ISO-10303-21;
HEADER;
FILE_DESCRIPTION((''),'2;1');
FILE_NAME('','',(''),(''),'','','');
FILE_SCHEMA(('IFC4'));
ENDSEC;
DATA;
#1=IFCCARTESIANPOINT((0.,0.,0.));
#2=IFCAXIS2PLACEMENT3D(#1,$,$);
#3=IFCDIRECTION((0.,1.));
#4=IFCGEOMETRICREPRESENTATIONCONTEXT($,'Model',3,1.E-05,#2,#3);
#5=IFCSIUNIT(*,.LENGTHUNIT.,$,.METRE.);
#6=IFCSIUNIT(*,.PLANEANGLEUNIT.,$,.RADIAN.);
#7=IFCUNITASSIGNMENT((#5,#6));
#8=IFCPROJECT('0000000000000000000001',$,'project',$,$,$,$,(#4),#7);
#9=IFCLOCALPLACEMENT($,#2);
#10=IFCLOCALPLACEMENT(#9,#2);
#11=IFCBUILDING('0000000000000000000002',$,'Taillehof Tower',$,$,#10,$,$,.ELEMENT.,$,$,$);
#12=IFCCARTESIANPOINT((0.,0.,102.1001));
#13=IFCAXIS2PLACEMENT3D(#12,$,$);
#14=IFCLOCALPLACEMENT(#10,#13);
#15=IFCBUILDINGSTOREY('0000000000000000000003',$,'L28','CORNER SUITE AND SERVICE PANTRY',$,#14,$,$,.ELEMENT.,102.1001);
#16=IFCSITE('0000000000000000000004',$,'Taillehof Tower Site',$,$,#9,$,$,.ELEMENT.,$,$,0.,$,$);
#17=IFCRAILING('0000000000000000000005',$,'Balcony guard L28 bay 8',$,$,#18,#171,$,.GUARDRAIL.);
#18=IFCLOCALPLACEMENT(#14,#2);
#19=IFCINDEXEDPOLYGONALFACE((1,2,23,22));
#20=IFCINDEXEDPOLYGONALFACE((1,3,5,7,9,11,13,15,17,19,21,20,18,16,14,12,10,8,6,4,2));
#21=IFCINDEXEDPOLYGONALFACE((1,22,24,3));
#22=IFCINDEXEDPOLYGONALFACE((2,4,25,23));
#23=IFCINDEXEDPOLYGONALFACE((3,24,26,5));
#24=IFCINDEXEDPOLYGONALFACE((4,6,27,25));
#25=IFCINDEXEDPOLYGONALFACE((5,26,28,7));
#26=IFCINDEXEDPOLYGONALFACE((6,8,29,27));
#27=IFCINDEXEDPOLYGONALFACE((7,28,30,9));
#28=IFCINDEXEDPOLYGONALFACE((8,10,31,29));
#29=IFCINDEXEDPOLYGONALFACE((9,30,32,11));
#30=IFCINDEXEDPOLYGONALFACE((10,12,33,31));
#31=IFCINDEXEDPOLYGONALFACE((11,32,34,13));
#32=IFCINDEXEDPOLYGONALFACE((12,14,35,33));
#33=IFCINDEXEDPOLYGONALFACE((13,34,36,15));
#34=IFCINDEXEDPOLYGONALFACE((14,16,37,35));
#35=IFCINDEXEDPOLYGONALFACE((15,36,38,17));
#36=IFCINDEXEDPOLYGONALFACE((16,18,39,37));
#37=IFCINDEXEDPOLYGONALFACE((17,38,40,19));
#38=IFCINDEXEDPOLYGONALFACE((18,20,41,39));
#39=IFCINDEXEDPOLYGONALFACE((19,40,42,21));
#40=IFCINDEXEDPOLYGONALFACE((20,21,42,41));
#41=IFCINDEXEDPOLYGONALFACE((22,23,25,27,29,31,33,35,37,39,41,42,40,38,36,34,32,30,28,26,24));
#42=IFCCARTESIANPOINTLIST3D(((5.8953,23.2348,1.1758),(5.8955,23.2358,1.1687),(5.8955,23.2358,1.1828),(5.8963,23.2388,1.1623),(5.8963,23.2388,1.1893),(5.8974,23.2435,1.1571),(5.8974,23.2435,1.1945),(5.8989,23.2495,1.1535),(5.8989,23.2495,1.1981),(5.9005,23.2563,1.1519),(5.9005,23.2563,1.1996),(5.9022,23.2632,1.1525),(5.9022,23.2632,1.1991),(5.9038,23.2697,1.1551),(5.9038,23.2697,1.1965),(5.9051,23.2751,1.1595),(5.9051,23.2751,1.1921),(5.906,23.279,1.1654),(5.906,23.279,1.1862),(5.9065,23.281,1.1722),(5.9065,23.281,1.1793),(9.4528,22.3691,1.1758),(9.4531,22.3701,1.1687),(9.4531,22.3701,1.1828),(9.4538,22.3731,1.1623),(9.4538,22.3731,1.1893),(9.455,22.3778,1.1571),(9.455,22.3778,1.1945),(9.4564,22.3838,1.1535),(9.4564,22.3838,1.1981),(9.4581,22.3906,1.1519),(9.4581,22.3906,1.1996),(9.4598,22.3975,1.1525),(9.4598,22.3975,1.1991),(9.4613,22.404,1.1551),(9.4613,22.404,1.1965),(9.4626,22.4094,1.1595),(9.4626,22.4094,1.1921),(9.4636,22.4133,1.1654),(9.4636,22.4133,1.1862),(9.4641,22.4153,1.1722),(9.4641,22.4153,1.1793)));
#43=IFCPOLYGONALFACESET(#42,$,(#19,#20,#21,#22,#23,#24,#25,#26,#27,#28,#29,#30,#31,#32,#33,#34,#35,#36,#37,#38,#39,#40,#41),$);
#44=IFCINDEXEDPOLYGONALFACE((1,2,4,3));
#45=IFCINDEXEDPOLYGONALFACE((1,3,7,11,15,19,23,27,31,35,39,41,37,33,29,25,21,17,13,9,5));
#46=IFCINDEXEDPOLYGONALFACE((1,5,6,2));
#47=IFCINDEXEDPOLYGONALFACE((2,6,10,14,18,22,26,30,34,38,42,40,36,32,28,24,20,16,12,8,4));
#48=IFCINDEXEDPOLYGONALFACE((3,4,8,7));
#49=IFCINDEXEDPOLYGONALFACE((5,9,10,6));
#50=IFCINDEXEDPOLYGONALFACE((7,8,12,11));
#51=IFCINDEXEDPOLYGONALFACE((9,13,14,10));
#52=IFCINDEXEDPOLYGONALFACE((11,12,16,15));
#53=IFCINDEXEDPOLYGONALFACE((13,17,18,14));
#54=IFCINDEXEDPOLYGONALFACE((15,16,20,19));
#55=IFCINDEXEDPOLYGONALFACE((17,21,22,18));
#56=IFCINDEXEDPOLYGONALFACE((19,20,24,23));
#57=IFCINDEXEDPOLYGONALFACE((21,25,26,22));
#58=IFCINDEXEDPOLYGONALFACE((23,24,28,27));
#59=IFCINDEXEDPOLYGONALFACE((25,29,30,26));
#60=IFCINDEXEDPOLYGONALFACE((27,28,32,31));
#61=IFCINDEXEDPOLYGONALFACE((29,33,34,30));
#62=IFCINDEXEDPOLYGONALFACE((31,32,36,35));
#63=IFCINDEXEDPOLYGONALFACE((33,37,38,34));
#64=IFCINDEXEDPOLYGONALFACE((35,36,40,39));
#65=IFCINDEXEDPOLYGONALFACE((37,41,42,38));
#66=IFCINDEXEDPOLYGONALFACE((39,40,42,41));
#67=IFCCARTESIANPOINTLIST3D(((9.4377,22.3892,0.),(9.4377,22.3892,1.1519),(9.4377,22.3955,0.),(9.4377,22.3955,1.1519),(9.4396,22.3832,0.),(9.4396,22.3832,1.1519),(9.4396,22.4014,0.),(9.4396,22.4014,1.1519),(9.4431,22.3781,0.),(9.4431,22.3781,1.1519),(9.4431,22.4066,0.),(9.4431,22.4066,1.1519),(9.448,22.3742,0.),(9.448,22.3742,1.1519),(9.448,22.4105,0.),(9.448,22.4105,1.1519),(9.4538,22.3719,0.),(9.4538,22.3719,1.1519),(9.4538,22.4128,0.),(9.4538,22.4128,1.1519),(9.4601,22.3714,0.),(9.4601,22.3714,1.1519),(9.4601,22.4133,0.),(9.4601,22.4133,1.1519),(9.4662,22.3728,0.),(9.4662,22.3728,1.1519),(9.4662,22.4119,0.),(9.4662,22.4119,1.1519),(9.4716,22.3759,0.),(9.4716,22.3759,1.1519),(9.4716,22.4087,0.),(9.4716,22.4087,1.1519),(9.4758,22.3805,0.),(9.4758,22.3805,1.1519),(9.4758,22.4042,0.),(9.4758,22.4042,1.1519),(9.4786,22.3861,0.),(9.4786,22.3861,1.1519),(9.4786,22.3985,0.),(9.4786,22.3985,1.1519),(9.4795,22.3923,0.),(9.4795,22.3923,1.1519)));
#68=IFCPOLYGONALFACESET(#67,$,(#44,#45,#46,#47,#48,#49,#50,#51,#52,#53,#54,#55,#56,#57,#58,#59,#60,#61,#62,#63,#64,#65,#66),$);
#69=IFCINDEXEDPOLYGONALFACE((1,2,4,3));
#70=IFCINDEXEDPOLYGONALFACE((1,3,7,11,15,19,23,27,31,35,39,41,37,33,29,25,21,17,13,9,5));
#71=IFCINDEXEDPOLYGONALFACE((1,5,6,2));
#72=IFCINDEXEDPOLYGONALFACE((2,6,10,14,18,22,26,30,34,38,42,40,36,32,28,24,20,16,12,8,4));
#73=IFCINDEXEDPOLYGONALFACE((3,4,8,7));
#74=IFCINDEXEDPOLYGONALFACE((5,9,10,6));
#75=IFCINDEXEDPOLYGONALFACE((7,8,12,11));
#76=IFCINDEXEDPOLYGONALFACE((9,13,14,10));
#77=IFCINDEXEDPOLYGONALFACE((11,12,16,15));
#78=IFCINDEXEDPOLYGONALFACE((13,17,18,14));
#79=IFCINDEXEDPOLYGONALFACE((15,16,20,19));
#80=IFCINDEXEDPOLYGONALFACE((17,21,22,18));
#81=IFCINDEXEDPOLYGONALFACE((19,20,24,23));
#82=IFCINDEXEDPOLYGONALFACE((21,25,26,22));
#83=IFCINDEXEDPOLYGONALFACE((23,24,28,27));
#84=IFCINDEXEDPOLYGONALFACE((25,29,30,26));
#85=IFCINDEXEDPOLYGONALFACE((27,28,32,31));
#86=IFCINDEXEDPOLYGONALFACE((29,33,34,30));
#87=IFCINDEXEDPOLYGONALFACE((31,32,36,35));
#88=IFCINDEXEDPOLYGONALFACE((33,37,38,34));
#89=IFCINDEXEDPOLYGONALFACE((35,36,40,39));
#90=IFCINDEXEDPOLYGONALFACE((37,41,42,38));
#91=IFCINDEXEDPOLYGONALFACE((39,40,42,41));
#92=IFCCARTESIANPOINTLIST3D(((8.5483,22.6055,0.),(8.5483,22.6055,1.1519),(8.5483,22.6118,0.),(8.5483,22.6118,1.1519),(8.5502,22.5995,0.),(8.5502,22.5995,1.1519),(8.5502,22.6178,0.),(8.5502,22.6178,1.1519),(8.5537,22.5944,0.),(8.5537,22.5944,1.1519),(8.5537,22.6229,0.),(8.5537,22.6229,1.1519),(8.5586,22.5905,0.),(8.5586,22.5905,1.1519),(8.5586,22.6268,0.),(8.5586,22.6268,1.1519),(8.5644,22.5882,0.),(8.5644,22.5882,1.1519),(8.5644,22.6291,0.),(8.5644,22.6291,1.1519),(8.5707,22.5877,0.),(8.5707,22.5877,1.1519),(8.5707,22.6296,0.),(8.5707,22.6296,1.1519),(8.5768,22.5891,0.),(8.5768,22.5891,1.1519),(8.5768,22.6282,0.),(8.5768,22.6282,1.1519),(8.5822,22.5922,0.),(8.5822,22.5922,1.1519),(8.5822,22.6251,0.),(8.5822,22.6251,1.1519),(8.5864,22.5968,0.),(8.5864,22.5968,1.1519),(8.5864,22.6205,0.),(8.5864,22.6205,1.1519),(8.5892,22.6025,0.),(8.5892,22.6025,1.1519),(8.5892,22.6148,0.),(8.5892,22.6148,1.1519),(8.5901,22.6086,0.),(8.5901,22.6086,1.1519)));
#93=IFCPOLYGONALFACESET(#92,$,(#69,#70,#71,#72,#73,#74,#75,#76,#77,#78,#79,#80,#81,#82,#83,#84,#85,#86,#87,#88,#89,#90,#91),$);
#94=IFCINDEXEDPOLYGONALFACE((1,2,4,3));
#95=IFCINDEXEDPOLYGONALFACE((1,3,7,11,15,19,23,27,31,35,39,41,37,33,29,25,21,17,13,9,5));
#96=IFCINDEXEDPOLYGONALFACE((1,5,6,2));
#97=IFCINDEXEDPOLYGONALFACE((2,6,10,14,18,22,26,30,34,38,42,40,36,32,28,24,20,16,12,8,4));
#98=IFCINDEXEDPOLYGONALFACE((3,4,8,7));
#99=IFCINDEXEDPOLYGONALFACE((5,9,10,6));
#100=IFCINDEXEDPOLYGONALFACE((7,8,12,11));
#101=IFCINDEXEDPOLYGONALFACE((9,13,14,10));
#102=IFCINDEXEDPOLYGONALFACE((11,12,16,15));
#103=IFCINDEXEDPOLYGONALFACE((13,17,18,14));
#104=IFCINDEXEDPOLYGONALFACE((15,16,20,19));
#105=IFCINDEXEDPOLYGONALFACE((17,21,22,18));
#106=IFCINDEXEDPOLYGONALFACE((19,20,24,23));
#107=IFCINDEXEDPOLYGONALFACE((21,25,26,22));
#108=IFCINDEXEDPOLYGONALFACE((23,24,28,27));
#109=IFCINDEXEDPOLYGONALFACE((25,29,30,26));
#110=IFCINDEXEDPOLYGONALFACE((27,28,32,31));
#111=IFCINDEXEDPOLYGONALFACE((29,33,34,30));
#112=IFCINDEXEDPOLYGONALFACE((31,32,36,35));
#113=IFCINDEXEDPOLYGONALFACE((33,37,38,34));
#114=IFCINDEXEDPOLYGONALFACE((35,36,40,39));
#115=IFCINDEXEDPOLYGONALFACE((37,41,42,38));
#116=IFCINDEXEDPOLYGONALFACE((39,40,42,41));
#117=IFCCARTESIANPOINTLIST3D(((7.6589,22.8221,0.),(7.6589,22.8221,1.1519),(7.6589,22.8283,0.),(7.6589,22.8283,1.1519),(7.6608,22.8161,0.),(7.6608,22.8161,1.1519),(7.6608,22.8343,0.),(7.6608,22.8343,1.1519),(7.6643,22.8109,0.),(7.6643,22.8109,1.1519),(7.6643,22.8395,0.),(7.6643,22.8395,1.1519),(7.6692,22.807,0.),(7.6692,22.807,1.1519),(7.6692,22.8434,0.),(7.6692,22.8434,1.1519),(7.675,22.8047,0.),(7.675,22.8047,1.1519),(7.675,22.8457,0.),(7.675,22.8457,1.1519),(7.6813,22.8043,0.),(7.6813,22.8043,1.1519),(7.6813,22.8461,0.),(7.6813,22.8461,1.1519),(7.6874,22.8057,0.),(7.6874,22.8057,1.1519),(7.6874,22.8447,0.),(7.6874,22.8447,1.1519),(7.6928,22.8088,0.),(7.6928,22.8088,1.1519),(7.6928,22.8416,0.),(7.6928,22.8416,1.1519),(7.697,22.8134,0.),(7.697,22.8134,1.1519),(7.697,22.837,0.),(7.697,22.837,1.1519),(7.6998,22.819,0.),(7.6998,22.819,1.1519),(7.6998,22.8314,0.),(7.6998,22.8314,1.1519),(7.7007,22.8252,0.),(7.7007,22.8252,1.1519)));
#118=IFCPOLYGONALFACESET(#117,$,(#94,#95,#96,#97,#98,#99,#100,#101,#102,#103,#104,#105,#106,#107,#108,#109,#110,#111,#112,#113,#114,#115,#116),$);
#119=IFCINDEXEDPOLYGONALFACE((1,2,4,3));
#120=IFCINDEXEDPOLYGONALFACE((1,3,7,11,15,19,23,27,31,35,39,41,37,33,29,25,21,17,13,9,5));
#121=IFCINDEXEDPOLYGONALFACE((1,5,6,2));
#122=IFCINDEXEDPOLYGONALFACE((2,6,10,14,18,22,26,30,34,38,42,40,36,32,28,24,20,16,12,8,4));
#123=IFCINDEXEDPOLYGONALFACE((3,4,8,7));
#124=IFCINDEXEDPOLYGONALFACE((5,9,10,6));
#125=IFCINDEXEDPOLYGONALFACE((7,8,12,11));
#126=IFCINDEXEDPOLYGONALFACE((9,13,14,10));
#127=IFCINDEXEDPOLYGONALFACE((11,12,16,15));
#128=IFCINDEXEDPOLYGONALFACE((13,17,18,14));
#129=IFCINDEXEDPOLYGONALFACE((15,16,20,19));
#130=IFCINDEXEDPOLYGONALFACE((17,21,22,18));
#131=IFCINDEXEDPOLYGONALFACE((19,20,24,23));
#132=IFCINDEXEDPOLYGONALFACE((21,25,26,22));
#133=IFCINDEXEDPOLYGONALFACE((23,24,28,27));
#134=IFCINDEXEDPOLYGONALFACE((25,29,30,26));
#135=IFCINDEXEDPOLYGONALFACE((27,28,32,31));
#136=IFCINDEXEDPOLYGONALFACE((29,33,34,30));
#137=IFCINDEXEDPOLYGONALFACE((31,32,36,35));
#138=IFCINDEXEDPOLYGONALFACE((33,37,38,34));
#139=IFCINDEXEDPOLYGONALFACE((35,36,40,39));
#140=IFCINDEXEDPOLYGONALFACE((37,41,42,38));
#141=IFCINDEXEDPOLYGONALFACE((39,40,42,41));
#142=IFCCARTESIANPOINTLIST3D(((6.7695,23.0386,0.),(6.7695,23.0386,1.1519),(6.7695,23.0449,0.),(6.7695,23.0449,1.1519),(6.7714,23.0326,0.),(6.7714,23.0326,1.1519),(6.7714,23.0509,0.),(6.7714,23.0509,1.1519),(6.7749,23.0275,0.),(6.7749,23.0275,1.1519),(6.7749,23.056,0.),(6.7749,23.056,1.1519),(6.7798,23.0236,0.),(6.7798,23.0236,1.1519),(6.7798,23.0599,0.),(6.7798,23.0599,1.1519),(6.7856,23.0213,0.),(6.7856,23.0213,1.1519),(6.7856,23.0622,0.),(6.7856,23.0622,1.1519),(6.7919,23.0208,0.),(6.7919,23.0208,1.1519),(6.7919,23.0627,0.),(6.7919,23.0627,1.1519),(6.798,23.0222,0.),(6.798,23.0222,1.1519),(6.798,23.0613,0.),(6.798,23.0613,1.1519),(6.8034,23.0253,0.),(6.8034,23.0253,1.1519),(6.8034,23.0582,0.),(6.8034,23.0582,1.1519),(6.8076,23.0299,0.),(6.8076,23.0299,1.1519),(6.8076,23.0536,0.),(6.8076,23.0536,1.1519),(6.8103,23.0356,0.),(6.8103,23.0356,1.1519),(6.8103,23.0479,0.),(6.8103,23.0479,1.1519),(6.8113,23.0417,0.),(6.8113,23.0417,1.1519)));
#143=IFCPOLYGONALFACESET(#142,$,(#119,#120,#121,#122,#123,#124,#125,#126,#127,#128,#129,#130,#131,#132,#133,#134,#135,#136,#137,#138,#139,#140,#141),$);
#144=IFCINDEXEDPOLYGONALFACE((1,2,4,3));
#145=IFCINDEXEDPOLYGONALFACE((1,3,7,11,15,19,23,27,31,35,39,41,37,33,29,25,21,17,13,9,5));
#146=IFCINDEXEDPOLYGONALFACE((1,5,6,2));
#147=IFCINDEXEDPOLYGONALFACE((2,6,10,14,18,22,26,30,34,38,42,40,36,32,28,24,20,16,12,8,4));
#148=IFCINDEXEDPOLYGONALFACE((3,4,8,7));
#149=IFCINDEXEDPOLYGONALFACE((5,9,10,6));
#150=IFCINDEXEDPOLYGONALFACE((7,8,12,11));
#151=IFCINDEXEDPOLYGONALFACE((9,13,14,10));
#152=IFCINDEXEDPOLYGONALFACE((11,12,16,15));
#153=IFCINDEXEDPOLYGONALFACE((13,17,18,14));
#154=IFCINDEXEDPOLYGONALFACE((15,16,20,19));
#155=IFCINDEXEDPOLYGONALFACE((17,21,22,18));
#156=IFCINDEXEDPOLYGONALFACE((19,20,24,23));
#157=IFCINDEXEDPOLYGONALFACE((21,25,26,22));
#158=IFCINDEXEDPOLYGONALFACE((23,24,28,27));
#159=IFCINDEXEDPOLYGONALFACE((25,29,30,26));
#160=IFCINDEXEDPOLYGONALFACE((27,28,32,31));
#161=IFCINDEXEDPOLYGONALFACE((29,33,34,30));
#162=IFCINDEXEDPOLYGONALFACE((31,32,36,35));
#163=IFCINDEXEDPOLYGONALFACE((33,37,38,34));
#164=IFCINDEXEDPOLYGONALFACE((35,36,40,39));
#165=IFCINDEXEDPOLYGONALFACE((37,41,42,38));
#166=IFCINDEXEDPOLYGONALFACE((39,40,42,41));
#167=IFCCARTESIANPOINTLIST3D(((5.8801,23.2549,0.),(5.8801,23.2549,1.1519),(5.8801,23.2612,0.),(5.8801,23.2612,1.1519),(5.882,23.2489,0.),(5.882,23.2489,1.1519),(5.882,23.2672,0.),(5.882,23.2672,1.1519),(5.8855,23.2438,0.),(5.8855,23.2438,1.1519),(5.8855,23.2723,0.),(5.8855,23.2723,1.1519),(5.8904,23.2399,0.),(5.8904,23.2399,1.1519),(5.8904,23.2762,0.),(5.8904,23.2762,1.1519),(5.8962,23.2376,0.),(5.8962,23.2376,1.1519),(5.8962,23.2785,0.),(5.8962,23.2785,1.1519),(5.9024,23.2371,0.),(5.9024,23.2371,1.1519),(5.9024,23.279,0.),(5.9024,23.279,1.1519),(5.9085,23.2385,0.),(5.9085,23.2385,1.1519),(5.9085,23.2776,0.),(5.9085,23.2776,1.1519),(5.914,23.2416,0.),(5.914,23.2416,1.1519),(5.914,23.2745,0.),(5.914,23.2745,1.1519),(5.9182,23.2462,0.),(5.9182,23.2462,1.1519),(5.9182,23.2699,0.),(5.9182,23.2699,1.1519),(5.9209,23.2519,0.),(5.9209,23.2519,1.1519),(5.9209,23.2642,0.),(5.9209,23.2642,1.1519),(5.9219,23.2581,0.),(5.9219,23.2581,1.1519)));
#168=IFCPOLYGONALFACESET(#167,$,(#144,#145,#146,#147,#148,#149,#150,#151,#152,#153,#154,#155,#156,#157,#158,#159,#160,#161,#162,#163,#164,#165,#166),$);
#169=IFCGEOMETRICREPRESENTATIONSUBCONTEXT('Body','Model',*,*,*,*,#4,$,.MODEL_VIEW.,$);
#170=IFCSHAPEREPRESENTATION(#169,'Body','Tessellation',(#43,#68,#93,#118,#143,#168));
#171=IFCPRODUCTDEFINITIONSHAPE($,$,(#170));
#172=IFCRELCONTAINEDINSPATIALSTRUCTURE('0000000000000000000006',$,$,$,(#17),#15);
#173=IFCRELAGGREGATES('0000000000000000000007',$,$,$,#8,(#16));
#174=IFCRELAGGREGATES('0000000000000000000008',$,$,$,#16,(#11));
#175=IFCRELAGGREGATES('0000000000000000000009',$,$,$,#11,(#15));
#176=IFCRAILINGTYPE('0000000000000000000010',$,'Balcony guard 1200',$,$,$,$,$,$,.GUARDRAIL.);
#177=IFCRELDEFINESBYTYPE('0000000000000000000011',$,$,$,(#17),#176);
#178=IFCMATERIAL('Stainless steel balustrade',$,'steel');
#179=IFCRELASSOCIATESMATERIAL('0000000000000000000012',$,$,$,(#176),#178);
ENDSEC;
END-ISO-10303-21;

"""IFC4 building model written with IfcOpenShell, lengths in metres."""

from ifc_helpers import new_model, si_unit, direction, frame, origin, origin_2d, place, context, subcontext, project, spatial, circle, extrude, material, type_object, element, save


model = new_model("IFC4")

# Units and contexts
model_context = context("Model", 3, precision=1e-05, world=origin(), true_north=direction((0.0, 1.0)))
body_context = subcontext(model_context, "Body", "Model", "MODEL_VIEW")
ifc_project = project(units=[si_unit("LENGTHUNIT", "METRE"), si_unit("PLANEANGLEUNIT", "RADIAN")], contexts=[model_context])

# Site, building, storey
site_placement = place(None, origin())
site = spatial("IfcSite", under=ifc_project, at=site_placement, Name="Taillehof Tower Site", CompositionType="ELEMENT", RefElevation=0.0)
building_placement = place(site_placement, origin())
building = spatial("IfcBuilding", under=site, at=building_placement, Name="Taillehof Tower", CompositionType="ELEMENT")
storey_placement = place(building_placement, frame((0.0, 0.0, 102.1001)))
storey = spatial("IfcBuildingStorey", under=building, at=storey_placement, Name="L28", Description="CORNER SUITE AND SERVICE PANTRY", CompositionType="ELEMENT", Elevation=102.1001)

# Railing
ifc_material_1 = material(Name="Stainless steel balustrade", Category="steel")
railing_type = type_object("IfcRailingType", Name="Balcony guard 1200", PredefinedType="GUARDRAIL", material=ifc_material_1)
railing_1_placement = place(storey_placement, frame((9.4585, 22.3923, 0.0)))
element("IfcRailing", 1, at=railing_1_placement, inside=storey, type_object=railing_type, Name="Balcony guard L28 bay 8", PredefinedType="GUARDRAIL", context=body_context, shape_type="SweptSolid", body=[
    extrude(circle(Radius=0.0239, at=origin_2d()), frame((0.0, 0.0, 1.1758), z_axis=(-0.971645, 0.236443, 0.0), x_axis=(-0.236443, -0.971645, 0.0)), (0.0, 0.0, 1.0), 3.6614),
    extrude(circle(Radius=0.021, at=origin_2d()), origin(), (0.0, 0.0, 1.0), 1.1519),
    extrude(circle(Radius=0.021, at=origin_2d()), frame((-0.8894, 0.2163, 0.0)), (0.0, 0.0, 1.0), 1.1519),
    extrude(circle(Radius=0.021, at=origin_2d()), frame((-1.7788, 0.4329, 0.0)), (0.0, 0.0, 1.0), 1.1519),
    extrude(circle(Radius=0.021, at=origin_2d()), frame((-2.6682, 0.6494, 0.0)), (0.0, 0.0, 1.0), 1.1519),
    extrude(circle(Radius=0.021, at=origin_2d()), frame((-3.5576, 0.8657, 0.0)), (0.0, 0.0, 1.0), 1.1519),
])

save(model, "model.ifc")
